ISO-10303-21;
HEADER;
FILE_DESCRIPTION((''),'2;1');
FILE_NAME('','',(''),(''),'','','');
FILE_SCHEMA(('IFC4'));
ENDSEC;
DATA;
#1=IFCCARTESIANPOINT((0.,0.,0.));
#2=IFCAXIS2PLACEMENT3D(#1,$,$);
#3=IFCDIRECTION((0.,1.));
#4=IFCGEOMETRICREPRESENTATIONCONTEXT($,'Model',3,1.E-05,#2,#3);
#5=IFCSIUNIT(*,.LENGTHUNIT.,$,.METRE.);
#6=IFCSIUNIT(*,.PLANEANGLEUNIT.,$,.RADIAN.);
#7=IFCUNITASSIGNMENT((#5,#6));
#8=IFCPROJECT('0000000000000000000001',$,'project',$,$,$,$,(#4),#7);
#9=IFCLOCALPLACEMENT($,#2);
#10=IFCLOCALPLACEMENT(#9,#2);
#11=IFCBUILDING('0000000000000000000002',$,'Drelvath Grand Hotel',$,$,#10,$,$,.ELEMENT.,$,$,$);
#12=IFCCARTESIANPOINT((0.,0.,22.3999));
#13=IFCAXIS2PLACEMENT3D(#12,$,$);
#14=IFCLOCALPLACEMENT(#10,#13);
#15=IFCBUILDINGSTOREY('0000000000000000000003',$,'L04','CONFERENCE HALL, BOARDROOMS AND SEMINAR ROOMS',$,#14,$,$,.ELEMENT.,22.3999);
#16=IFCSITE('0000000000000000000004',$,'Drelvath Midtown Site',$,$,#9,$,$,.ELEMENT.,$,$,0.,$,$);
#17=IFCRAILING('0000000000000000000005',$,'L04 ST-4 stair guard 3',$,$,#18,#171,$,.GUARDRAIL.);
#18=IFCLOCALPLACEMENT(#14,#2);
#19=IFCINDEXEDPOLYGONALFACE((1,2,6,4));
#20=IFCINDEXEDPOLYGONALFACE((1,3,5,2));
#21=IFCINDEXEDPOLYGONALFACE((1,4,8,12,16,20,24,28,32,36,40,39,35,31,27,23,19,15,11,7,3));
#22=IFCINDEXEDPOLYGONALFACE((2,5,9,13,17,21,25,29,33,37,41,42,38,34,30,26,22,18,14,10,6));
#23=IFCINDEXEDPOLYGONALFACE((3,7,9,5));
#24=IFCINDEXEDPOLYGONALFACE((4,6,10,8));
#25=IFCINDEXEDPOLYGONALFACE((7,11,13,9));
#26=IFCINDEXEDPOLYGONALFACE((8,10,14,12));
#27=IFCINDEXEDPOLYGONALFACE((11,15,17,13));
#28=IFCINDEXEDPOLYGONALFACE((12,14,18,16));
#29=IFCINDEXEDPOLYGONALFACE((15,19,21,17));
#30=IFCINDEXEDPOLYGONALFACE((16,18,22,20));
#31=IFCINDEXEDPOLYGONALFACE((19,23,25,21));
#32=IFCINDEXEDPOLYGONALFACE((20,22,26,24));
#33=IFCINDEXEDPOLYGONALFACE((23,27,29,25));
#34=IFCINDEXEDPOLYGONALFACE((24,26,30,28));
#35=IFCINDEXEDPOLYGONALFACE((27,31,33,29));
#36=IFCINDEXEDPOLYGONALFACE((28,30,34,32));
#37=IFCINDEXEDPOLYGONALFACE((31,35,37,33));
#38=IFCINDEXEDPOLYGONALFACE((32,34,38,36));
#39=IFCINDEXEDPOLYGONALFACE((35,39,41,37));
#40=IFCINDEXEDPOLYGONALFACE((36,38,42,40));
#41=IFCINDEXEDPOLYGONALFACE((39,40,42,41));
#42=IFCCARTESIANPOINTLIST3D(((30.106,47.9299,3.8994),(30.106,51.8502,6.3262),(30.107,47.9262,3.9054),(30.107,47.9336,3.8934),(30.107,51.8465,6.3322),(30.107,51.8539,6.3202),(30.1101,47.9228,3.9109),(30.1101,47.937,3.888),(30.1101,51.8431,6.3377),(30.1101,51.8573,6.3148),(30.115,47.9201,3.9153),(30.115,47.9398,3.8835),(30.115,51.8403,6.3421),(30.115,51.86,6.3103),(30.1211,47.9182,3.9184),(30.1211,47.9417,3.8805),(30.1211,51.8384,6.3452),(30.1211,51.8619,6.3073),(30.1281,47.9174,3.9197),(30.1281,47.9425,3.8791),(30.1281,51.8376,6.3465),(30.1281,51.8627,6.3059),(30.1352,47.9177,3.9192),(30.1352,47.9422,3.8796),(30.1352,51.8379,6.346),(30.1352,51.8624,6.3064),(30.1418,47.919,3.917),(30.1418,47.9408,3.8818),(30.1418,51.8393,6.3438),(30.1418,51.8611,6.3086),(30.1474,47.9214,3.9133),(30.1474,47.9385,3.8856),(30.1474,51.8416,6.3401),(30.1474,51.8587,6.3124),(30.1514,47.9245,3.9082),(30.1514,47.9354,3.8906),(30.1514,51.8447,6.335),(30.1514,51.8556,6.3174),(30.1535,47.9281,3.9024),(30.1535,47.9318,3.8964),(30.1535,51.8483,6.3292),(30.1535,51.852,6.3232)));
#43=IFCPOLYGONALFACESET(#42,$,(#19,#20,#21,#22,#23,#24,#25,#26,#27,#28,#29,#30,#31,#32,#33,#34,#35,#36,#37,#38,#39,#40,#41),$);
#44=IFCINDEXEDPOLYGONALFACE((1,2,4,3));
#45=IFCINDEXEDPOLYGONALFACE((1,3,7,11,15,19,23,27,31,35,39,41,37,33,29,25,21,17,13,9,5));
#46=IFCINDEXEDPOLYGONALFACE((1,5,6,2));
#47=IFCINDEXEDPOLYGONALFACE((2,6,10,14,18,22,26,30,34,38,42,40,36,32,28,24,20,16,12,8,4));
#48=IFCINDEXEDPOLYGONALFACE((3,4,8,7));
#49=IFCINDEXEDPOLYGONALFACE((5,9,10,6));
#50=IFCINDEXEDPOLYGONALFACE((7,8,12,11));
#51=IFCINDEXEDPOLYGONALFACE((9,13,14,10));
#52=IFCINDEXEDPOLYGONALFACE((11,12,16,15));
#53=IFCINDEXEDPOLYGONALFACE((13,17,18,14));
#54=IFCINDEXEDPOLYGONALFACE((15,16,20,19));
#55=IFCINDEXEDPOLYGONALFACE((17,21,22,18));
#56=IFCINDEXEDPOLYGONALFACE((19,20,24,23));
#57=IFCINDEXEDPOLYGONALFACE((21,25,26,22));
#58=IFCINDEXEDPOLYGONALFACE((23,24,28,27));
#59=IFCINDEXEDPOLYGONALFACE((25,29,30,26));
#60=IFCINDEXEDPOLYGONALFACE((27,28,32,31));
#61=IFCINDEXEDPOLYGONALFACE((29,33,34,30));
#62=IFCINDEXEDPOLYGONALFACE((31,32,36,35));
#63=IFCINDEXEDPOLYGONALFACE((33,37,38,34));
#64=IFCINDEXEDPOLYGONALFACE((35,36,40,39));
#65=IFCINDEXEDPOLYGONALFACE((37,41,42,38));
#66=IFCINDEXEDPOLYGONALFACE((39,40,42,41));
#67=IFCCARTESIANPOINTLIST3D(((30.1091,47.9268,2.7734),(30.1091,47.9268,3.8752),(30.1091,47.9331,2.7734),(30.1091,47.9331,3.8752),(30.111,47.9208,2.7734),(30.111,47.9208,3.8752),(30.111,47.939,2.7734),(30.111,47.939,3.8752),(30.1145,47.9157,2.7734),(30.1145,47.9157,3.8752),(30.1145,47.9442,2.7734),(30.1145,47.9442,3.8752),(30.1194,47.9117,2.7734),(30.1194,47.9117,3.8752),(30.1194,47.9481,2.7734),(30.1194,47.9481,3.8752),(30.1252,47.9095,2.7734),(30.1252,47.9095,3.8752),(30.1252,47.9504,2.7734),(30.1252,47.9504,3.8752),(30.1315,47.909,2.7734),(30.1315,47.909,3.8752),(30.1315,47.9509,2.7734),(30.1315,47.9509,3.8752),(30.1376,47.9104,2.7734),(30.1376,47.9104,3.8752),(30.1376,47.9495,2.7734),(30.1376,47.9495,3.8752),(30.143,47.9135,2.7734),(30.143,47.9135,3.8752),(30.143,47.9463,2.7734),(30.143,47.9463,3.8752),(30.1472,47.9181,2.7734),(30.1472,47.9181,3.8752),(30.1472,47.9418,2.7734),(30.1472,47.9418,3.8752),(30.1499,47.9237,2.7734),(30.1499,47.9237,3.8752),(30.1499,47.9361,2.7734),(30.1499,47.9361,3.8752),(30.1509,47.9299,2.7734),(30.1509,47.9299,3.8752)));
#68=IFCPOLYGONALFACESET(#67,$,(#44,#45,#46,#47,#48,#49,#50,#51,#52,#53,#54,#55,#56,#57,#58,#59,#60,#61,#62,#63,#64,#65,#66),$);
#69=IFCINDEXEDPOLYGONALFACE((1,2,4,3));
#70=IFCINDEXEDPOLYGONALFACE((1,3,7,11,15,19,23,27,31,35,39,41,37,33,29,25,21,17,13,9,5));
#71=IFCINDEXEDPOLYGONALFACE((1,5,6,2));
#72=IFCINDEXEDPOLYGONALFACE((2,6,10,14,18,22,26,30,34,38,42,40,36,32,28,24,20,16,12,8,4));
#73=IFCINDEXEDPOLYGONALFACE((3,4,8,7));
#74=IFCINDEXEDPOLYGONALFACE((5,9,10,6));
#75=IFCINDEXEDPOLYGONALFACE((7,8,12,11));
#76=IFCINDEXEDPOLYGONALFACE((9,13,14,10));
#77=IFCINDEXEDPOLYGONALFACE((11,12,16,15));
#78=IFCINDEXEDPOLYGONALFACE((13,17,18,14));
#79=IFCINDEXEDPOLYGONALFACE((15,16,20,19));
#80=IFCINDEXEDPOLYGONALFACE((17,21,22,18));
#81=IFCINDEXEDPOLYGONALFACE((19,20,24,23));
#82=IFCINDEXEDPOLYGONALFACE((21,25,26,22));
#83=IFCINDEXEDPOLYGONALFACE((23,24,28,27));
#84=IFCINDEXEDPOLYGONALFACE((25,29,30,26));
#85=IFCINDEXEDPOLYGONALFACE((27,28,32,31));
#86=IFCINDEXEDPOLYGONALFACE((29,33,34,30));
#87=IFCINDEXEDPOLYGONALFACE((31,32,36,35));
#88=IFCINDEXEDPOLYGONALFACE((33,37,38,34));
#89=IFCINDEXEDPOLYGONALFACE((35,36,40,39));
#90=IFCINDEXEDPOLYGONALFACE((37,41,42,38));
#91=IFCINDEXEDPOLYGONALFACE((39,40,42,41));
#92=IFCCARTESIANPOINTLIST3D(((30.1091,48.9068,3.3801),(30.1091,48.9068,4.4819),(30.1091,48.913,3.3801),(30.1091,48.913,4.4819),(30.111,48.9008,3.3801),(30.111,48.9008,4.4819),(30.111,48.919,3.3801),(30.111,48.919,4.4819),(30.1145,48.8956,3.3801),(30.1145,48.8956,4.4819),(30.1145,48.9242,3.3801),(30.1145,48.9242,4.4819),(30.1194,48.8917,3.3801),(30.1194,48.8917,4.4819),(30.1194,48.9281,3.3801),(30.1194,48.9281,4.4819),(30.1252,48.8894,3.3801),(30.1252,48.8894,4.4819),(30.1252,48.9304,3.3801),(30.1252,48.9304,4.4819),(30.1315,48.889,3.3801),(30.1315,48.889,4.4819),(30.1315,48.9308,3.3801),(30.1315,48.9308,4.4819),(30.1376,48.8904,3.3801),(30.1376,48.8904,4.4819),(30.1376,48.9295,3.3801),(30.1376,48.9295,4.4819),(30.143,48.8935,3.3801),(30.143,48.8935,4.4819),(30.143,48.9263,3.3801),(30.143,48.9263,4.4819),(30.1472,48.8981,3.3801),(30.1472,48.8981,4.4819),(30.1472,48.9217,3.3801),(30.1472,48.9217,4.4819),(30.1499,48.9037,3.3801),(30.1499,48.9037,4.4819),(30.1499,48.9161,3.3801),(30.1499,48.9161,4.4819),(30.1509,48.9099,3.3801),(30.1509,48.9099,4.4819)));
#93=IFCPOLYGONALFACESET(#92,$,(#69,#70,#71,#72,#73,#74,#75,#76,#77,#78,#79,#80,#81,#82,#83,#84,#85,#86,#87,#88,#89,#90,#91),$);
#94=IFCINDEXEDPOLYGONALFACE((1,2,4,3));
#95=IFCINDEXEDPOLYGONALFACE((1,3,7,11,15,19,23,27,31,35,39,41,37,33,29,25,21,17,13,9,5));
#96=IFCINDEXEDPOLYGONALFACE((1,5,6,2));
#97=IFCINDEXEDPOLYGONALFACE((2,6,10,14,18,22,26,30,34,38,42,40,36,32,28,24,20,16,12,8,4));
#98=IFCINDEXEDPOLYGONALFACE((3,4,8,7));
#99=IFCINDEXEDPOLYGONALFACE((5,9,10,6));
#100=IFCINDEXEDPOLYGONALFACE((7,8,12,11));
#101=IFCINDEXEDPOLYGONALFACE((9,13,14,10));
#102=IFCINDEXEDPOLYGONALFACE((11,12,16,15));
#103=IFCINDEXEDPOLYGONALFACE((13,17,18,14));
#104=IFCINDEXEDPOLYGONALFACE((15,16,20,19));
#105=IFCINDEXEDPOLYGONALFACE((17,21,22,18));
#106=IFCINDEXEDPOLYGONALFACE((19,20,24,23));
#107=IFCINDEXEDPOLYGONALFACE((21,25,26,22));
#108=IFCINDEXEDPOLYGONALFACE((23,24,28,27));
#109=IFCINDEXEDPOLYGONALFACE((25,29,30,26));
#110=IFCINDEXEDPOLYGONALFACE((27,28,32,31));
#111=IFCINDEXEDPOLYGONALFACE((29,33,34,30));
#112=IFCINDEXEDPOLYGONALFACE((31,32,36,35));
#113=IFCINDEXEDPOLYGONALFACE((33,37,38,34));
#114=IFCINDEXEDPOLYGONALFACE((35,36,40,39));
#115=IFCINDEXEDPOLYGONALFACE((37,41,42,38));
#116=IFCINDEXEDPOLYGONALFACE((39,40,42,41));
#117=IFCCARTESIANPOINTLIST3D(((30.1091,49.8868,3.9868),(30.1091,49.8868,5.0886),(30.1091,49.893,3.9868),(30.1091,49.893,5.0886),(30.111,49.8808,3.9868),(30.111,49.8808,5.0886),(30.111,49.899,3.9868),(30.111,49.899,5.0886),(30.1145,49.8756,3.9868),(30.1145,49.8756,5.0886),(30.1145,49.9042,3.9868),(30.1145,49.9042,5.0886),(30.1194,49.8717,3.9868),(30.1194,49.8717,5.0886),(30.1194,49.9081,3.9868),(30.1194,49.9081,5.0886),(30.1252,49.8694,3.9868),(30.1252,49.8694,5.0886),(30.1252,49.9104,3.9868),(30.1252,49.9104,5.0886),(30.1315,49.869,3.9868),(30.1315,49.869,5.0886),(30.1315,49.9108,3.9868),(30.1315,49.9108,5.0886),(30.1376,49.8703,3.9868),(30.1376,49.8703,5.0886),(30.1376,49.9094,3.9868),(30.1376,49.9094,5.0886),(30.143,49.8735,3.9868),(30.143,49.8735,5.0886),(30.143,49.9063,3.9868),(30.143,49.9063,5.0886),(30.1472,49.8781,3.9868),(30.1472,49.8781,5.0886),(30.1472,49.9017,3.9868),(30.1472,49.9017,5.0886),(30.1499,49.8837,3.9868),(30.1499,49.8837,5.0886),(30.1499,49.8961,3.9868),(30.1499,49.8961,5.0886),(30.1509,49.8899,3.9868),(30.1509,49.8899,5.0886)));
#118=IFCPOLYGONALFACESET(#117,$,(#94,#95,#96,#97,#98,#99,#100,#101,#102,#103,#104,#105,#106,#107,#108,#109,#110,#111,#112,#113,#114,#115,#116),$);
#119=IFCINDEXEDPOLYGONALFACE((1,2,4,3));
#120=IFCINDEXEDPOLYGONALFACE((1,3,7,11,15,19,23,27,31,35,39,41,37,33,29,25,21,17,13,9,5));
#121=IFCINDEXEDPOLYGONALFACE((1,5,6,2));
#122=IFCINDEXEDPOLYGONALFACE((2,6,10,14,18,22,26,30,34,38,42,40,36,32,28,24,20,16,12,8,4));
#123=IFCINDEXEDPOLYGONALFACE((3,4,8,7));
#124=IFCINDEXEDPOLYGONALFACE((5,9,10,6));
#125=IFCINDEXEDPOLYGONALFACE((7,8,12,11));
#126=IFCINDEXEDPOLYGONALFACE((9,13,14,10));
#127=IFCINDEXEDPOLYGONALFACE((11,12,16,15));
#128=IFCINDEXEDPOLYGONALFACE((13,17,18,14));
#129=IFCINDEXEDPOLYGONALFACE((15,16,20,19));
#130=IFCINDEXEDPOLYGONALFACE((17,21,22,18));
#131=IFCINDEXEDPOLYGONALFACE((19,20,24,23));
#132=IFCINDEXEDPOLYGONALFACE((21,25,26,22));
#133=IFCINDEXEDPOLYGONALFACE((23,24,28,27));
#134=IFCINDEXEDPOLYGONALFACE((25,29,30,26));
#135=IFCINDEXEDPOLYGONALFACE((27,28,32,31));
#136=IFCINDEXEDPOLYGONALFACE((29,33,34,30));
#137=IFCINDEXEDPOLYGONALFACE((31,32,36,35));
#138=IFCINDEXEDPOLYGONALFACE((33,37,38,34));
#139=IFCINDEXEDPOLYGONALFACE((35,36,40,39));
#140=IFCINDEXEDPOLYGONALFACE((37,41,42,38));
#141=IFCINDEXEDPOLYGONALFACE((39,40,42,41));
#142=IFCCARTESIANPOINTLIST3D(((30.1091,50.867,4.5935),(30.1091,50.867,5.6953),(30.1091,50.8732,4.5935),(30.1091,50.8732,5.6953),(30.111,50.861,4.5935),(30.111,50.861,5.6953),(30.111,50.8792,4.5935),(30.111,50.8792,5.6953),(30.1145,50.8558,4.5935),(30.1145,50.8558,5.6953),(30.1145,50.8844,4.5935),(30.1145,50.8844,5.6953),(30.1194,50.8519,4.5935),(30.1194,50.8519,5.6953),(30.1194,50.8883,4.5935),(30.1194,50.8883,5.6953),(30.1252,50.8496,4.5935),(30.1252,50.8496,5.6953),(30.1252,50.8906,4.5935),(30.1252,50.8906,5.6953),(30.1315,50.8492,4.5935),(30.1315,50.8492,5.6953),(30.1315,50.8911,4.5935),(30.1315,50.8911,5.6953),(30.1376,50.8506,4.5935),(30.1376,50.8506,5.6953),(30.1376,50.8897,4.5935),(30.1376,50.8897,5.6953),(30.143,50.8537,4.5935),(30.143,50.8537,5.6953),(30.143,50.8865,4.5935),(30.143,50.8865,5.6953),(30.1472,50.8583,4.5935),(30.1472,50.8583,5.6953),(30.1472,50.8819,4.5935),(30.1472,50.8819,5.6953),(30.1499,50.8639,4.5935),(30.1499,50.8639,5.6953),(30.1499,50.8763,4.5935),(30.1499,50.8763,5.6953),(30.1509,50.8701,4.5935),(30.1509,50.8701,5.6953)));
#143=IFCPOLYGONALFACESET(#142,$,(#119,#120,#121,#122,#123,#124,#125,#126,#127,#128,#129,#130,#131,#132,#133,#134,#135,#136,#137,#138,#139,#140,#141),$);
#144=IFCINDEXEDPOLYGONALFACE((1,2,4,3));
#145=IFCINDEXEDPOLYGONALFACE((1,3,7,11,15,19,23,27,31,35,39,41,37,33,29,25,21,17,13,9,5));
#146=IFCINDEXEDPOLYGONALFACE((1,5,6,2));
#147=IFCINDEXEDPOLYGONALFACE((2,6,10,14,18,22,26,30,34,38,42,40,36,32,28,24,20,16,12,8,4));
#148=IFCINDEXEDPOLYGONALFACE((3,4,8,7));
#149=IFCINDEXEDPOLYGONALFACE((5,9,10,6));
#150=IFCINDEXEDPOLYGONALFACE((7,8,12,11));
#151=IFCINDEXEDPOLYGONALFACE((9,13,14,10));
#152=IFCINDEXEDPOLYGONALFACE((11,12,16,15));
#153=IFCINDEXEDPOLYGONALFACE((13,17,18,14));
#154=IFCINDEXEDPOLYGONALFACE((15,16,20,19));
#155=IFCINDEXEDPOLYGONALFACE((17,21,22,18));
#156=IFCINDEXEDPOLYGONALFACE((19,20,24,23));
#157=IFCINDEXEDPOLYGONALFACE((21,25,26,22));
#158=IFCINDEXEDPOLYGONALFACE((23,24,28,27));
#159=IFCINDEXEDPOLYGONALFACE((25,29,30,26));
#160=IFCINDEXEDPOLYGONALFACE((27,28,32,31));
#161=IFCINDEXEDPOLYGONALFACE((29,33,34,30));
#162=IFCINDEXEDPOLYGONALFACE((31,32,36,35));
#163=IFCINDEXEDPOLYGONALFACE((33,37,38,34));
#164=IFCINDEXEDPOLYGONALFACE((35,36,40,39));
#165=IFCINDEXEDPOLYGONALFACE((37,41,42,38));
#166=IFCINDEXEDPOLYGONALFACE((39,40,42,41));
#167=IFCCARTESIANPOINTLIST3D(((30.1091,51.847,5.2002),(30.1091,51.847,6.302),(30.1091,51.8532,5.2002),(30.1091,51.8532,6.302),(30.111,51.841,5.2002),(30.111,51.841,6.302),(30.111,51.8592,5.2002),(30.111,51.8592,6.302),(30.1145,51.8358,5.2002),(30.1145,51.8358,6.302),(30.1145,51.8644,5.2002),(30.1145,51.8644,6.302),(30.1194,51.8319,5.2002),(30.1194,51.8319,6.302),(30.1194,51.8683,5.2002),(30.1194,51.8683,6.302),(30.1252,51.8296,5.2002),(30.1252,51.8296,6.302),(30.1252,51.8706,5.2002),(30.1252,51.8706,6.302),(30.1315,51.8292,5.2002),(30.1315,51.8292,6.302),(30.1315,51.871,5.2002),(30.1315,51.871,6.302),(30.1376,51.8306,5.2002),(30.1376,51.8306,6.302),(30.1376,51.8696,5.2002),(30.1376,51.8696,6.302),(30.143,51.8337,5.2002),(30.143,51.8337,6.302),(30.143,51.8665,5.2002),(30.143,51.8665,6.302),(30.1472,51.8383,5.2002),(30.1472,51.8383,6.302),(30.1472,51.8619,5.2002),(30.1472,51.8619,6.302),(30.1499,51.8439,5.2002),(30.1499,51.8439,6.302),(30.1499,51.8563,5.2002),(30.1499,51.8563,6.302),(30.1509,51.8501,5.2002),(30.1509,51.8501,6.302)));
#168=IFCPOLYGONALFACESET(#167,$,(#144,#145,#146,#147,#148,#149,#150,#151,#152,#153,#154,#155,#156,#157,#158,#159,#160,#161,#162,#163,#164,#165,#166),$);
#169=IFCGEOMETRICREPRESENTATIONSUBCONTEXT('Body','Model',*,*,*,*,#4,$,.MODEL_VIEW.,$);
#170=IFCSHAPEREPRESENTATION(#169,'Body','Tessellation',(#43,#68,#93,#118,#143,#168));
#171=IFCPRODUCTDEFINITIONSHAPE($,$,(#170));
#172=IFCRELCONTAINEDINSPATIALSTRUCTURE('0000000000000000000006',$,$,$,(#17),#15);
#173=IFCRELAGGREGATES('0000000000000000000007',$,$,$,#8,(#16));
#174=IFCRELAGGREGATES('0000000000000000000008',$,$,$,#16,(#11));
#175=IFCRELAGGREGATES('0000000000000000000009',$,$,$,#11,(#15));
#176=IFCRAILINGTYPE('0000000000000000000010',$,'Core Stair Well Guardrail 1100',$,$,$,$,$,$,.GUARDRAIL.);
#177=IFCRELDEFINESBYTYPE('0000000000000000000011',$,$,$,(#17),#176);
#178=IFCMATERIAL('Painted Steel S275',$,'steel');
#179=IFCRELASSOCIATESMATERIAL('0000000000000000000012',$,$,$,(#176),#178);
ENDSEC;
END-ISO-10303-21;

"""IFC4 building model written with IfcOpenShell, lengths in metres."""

from ifc_helpers import new_model, si_unit, direction, frame, origin, origin_2d, place, context, subcontext, project, spatial, circle, extrude, material, type_object, element, save


model = new_model("IFC4")

# Units and contexts
model_context = context("Model", 3, precision=1e-05, world=origin(), true_north=direction((0.0, 1.0)))
body_context = subcontext(model_context, "Body", "Model", "MODEL_VIEW")
ifc_project = project(units=[si_unit("LENGTHUNIT", "METRE"), si_unit("PLANEANGLEUNIT", "RADIAN")], contexts=[model_context])

# Site, building, storey
site_placement = place(None, origin())
site = spatial("IfcSite", under=ifc_project, at=site_placement, Name="Drelvath Midtown Site", CompositionType="ELEMENT", RefElevation=0.0)
building_placement = place(site_placement, origin())
building = spatial("IfcBuilding", under=site, at=building_placement, Name="Drelvath Grand Hotel", CompositionType="ELEMENT")
storey_placement = place(building_placement, frame((0.0, 0.0, 22.3999)))
storey = spatial("IfcBuildingStorey", under=building, at=storey_placement, Name="L04", Description="CONFERENCE HALL, BOARDROOMS AND SEMINAR ROOMS", CompositionType="ELEMENT", Elevation=22.3999)

# Shared definitions
ifc_material_1 = material(Name="Painted Steel S275", Category="steel")

# Railing
railing_type_1 = type_object("IfcRailingType", Name="Core Stair Well Guardrail 1100", PredefinedType="GUARDRAIL", material=ifc_material_1)
railing_1_placement = place(storey_placement, frame((30.1299, 47.9299, 2.7734)))
element("IfcRailing", 1, at=railing_1_placement, inside=storey, type_object=railing_type_1, Name="L04 ST-4 stair guard 3", PredefinedType="GUARDRAIL", context=body_context, shape_type="SweptSolid", body=[
    extrude(circle(Radius=0.0239, at=origin_2d()), frame((0.0, 0.0, 1.126), z_axis=(0.0, 0.850266, 0.526353), x_axis=(-1.0, 0.0, 0.0)), (0.0, 0.0, 1.0), 4.6106),
    extrude(circle(Radius=0.021, at=origin_2d()), origin(), (0.0, 0.0, 1.0), 1.1018),
    extrude(circle(Radius=0.021, at=origin_2d()), frame((0.0, 0.98, 0.6067)), (0.0, 0.0, 1.0), 1.1018),
    extrude(circle(Radius=0.021, at=origin_2d()), frame((0.0, 1.96, 1.2134)), (0.0, 0.0, 1.0), 1.1018),
    extrude(circle(Radius=0.021, at=origin_2d()), frame((0.0, 2.9402, 1.8201)), (0.0, 0.0, 1.0), 1.1018),
    extrude(circle(Radius=0.021, at=origin_2d()), frame((0.0, 3.9202, 2.4268)), (0.0, 0.0, 1.0), 1.1018),
])

save(model, "model.ifc")
